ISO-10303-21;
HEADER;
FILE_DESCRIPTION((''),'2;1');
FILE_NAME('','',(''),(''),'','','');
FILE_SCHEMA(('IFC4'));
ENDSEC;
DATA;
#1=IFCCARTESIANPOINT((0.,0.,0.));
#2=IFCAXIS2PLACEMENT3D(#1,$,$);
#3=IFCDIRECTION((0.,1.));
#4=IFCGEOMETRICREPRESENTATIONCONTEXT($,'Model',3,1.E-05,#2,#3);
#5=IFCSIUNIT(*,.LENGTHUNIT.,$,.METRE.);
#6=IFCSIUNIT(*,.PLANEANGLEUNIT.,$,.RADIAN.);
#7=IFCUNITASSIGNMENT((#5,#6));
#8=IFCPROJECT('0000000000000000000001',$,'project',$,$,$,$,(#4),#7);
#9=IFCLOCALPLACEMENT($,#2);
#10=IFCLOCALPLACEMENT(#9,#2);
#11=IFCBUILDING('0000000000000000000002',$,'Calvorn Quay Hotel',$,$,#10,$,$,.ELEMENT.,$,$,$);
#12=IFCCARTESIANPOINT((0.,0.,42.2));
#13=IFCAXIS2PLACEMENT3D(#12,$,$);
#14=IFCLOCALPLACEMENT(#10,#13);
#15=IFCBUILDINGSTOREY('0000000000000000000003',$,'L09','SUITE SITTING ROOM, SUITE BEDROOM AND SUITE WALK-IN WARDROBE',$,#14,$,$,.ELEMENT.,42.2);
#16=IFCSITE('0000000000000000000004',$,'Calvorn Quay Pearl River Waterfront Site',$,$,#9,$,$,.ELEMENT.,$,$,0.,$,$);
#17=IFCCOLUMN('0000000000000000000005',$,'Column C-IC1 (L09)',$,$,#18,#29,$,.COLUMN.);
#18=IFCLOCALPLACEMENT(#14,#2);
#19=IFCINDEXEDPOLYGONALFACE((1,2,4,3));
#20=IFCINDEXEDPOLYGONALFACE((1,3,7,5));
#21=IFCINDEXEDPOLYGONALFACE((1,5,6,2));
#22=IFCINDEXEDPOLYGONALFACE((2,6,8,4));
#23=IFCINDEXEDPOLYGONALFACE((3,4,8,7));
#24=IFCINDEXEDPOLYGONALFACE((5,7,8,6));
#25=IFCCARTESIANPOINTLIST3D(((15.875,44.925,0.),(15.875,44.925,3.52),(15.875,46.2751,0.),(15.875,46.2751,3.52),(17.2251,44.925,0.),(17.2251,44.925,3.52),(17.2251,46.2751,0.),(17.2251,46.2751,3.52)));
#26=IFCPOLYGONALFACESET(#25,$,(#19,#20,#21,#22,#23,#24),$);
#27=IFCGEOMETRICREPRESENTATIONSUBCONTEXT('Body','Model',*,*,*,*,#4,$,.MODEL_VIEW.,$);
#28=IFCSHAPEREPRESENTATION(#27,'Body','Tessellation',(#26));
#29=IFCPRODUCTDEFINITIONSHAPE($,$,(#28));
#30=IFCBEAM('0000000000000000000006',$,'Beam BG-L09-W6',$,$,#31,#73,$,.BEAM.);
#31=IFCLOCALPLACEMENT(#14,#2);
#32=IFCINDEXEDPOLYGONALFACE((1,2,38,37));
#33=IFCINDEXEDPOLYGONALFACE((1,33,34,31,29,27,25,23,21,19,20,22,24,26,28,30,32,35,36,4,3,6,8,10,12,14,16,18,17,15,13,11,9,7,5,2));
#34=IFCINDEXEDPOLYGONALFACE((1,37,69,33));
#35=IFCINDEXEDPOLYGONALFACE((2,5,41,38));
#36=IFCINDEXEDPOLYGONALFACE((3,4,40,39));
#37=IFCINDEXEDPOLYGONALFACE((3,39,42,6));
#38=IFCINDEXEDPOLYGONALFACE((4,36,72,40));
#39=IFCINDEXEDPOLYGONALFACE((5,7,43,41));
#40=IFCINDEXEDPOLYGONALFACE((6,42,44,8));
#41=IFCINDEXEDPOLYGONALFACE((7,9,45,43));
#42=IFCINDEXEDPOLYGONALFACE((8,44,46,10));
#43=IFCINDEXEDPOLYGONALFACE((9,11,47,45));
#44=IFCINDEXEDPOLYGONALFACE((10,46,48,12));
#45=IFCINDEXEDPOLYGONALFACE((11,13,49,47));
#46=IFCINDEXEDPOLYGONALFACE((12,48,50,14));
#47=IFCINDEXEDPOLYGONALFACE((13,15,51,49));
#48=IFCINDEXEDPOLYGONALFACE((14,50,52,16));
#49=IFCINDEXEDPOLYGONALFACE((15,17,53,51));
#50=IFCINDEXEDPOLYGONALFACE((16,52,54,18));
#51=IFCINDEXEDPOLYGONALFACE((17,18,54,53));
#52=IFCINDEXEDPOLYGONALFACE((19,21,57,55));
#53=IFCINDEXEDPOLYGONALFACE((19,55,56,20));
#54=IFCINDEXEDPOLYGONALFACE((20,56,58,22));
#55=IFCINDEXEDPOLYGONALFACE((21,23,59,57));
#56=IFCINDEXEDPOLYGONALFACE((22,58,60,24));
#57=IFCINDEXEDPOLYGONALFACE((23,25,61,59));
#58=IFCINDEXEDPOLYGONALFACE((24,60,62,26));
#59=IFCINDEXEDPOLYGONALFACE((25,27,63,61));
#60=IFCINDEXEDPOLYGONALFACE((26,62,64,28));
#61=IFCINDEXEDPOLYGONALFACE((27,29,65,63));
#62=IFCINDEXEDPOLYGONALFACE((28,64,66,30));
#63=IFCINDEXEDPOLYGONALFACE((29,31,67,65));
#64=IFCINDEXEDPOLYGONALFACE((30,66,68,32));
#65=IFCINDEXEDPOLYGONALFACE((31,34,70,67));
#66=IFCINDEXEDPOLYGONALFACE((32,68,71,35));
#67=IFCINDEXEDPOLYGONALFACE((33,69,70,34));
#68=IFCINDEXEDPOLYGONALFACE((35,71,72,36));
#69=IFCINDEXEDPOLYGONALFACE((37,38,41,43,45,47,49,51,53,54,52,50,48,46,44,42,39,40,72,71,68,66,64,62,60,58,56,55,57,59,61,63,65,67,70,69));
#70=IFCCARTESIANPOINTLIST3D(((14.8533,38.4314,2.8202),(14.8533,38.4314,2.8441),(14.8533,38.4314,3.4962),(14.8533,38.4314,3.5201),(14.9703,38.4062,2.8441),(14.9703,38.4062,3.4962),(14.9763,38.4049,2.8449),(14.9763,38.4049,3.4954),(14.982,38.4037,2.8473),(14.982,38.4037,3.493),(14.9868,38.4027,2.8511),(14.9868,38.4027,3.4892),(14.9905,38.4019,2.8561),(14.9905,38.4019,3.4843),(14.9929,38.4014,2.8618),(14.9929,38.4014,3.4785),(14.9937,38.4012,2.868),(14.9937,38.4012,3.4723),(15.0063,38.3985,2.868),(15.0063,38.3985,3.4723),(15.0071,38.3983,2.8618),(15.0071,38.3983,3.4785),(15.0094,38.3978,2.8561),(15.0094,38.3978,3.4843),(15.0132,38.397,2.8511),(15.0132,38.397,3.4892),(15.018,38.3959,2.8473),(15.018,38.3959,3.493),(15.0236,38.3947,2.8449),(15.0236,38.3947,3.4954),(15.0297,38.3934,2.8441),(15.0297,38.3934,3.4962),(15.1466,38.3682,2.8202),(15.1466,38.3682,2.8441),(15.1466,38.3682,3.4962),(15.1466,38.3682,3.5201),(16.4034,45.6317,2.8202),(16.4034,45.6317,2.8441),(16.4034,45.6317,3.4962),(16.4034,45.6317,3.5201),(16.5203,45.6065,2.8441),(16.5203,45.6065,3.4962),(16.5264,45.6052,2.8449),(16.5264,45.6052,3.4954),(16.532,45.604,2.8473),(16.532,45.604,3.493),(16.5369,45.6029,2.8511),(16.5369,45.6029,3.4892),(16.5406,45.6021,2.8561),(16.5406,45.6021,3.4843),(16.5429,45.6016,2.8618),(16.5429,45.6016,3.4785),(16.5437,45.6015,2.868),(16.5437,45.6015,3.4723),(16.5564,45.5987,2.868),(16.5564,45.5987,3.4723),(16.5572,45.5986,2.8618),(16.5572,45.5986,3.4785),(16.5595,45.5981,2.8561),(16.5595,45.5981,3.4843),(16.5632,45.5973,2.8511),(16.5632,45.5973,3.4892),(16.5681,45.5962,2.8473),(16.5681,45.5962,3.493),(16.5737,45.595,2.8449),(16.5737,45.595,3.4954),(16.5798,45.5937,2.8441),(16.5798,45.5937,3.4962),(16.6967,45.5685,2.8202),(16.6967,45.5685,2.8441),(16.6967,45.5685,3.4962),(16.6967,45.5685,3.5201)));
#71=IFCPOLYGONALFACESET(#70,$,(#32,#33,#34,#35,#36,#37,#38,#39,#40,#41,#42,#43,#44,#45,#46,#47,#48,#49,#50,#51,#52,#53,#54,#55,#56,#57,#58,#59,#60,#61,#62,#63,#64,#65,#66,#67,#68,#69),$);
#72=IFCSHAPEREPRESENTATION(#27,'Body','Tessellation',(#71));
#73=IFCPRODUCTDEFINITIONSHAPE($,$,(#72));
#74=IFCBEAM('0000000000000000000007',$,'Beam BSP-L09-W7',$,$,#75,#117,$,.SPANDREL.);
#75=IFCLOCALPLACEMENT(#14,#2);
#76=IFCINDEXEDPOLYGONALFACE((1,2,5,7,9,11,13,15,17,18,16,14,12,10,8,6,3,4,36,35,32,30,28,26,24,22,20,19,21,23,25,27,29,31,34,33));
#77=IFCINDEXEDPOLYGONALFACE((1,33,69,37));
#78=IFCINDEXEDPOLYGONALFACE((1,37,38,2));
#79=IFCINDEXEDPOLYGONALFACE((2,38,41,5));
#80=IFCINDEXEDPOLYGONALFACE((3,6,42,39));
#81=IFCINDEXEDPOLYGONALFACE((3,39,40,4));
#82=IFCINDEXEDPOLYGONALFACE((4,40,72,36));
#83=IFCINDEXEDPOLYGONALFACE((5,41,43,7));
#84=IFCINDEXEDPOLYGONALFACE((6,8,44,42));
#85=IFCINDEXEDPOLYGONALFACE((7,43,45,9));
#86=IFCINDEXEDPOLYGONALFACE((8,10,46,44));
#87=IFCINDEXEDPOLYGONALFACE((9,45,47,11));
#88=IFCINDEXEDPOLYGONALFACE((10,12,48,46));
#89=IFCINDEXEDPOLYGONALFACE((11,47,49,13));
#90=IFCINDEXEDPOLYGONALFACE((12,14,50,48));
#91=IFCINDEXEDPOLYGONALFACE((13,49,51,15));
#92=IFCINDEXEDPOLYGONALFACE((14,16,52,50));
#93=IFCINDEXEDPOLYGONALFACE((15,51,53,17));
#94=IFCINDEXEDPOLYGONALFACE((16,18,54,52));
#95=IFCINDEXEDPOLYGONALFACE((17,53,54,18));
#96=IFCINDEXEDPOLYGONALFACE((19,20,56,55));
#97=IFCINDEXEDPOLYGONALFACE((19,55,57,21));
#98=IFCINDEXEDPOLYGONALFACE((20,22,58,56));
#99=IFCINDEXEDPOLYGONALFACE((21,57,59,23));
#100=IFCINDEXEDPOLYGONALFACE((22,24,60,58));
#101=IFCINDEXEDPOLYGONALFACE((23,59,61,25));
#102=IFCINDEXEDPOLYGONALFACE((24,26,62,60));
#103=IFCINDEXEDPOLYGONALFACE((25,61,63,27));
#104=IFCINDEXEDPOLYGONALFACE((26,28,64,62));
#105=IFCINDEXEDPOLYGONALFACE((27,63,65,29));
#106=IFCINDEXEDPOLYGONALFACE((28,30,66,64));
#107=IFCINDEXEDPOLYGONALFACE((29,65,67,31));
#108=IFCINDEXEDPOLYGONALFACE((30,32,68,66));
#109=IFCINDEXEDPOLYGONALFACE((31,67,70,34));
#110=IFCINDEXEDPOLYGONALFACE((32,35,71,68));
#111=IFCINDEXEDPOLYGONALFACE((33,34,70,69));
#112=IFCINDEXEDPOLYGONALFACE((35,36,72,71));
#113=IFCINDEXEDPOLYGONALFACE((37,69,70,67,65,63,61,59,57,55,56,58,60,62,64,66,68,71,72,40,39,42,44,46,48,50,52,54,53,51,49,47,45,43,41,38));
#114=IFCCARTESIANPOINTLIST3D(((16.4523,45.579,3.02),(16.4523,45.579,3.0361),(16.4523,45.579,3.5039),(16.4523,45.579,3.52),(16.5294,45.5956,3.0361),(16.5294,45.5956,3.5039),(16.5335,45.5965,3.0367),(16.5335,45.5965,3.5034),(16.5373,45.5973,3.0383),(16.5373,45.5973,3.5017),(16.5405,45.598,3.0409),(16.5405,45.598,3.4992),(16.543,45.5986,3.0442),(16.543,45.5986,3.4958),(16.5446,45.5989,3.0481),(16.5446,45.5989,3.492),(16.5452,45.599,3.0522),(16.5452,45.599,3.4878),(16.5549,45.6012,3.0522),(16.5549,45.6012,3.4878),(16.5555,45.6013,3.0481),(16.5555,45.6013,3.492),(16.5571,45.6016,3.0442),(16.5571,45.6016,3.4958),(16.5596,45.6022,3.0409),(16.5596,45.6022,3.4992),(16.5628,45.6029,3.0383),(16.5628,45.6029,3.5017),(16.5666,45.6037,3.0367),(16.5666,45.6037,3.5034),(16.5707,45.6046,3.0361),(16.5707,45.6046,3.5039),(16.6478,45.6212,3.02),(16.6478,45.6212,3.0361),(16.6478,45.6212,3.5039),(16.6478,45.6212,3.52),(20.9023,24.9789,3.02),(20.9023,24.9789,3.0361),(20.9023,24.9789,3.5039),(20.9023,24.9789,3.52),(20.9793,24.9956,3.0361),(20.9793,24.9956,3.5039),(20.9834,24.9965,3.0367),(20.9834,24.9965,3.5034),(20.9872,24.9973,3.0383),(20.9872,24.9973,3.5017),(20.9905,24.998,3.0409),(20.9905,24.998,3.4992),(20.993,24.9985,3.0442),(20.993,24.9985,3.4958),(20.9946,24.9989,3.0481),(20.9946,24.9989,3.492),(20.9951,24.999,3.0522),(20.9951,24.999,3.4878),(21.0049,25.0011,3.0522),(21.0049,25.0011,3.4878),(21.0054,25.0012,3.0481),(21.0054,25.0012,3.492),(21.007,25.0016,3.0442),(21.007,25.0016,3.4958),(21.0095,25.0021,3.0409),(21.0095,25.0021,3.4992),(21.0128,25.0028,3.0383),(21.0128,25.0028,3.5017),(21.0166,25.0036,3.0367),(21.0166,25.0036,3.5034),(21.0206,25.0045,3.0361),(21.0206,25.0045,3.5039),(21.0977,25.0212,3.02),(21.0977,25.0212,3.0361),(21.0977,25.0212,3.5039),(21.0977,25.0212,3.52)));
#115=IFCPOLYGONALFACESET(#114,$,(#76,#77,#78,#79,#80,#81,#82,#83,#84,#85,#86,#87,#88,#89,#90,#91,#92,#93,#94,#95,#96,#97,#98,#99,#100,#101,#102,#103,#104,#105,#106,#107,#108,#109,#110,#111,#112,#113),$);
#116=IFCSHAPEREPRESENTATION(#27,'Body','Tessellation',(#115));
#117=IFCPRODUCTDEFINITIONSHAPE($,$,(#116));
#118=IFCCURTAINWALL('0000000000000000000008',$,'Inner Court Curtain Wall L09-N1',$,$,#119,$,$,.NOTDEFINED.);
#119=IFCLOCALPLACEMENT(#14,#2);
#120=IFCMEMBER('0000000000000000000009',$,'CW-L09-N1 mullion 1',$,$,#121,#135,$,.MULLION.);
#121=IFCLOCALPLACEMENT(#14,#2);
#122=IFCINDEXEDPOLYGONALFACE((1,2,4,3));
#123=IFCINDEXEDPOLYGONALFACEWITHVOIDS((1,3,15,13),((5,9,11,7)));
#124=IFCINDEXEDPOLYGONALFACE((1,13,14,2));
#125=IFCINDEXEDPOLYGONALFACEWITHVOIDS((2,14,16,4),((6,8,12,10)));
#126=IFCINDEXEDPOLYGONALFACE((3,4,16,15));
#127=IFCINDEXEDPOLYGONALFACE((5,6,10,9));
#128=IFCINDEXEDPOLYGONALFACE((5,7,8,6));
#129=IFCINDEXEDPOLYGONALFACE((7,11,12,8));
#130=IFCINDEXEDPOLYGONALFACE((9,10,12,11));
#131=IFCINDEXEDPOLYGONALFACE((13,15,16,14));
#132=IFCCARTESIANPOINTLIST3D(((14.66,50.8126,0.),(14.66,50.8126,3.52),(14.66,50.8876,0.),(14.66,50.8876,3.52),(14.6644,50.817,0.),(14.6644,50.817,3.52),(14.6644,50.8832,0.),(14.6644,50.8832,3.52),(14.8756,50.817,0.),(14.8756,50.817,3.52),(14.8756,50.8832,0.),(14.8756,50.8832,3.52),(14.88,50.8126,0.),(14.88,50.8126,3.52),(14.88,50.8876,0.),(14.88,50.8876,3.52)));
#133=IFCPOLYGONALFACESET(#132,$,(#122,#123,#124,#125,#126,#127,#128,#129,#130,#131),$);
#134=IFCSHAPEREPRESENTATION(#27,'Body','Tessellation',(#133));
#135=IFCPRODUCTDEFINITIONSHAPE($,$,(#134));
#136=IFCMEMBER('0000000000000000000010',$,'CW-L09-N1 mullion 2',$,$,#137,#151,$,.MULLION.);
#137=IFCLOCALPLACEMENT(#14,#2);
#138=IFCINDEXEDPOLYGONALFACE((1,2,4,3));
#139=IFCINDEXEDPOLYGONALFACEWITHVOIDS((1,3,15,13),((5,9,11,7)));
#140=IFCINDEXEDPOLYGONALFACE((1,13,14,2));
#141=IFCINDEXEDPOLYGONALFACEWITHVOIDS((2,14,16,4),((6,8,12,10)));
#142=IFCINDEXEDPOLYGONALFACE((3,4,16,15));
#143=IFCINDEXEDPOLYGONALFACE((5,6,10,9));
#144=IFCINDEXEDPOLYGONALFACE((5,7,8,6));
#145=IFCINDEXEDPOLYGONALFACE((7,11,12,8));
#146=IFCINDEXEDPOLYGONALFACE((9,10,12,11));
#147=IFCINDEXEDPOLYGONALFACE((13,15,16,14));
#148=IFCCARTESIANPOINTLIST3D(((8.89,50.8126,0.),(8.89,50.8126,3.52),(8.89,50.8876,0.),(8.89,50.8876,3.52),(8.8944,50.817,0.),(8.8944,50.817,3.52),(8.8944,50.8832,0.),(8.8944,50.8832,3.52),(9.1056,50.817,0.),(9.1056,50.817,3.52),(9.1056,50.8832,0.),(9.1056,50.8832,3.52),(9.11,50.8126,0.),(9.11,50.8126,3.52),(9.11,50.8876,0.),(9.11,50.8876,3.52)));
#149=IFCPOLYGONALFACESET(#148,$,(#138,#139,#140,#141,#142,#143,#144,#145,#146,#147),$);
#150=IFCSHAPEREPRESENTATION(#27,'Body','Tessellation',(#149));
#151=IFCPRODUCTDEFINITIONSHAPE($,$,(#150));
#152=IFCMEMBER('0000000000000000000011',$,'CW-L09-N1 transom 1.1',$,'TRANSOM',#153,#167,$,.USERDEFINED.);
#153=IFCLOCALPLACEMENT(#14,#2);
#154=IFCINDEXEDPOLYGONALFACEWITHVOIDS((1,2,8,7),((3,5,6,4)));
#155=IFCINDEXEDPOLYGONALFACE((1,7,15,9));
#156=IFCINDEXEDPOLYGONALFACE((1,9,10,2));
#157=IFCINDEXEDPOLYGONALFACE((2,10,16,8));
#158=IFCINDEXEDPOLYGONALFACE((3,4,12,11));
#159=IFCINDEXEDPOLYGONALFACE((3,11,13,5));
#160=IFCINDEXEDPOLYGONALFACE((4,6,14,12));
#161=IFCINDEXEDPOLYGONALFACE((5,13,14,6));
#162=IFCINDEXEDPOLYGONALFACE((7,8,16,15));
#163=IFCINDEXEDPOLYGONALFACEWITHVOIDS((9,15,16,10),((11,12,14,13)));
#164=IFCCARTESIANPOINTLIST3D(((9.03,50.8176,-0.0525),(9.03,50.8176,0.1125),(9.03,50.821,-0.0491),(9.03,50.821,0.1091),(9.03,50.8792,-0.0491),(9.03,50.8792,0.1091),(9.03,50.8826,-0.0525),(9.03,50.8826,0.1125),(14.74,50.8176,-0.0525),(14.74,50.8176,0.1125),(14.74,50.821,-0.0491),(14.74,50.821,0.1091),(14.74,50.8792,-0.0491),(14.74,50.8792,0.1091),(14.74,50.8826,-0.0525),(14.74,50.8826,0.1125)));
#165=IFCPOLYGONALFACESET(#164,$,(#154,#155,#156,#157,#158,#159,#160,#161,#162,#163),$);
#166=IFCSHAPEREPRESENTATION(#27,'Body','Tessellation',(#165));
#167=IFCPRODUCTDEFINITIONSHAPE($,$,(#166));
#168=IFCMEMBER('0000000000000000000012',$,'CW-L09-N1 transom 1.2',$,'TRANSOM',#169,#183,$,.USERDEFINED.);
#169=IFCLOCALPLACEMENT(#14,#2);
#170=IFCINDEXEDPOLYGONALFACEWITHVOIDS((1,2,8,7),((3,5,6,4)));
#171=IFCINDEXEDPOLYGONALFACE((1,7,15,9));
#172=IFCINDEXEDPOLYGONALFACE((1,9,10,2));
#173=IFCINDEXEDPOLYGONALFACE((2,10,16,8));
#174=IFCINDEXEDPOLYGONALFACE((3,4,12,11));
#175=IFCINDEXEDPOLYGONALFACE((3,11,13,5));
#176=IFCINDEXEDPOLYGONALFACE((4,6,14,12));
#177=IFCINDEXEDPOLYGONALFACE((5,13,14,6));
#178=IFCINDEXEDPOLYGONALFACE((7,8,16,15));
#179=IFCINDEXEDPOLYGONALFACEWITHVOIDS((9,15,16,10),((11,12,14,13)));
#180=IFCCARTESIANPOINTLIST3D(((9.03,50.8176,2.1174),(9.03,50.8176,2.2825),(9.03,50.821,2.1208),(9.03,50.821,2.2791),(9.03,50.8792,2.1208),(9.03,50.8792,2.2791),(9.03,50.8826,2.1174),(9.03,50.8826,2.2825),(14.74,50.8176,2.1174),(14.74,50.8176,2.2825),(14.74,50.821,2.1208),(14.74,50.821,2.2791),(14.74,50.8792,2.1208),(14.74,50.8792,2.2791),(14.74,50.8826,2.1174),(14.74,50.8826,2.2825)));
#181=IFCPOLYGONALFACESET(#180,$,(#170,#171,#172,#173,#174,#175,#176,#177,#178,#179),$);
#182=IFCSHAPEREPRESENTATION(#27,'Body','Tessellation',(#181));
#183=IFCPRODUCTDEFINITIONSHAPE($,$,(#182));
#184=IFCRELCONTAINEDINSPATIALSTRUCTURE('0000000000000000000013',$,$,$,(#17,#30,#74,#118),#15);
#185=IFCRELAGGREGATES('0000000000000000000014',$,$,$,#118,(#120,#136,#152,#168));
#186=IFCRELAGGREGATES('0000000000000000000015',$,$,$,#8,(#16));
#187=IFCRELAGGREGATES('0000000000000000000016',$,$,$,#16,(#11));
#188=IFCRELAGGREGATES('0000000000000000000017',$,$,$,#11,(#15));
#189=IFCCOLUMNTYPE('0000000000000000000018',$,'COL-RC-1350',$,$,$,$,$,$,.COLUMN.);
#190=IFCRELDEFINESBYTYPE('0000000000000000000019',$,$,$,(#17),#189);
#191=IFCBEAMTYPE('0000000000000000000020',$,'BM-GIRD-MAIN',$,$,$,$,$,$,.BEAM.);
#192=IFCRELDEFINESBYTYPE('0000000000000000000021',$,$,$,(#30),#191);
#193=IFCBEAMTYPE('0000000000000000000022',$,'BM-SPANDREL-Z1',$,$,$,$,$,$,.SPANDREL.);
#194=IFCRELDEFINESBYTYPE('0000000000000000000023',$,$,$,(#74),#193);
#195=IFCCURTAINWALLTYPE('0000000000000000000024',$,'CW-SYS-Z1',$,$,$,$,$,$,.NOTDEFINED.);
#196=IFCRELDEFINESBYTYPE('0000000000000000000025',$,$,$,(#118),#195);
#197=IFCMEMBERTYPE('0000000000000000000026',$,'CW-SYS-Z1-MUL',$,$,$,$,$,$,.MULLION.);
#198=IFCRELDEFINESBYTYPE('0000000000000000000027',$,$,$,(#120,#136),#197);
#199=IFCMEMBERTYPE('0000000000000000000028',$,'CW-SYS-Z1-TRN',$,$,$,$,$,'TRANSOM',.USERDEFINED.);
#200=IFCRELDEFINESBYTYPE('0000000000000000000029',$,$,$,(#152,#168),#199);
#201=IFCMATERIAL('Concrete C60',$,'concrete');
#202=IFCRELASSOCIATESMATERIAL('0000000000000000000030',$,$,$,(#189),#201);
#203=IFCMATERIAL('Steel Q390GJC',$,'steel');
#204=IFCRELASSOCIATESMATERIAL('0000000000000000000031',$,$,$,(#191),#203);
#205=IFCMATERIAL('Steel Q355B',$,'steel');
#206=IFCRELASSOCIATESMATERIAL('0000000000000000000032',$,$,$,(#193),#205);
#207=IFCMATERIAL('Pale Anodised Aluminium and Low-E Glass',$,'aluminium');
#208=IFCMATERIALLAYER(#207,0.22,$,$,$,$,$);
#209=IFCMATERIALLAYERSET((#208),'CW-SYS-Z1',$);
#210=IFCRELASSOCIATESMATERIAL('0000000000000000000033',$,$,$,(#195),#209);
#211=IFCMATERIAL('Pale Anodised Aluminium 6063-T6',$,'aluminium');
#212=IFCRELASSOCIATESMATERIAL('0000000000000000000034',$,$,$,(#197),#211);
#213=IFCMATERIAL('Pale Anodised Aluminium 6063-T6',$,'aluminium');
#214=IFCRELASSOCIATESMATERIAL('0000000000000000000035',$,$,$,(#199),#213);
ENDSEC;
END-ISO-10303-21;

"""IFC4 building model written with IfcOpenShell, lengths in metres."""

from ifc_helpers import new_model, si_unit, direction, frame, origin, origin_2d, place, context, subcontext, project, spatial, rectangle, hollow_rectangle, i_section, extrude, material, layer, layer_set, material_profile, profile_set, type_object, element, aggregate, save


model = new_model("IFC4")

# Units and contexts
model_context = context("Model", 3, precision=1e-05, world=origin(), true_north=direction((0.0, 1.0)))
body_context = subcontext(model_context, "Body", "Model", "MODEL_VIEW")
ifc_project = project(units=[si_unit("LENGTHUNIT", "METRE"), si_unit("PLANEANGLEUNIT", "RADIAN")], contexts=[model_context])

# Site, building, storey
site_placement = place(None, origin())
site = spatial("IfcSite", under=ifc_project, at=site_placement, Name="Calvorn Quay Pearl River Waterfront Site", CompositionType="ELEMENT", RefElevation=0.0)
building_placement = place(site_placement, origin())
building = spatial("IfcBuilding", under=site, at=building_placement, Name="Calvorn Quay Hotel", CompositionType="ELEMENT")
storey_placement = place(building_placement, frame((0.0, 0.0, 42.2)))
storey = spatial("IfcBuildingStorey", under=building, at=storey_placement, Name="L09", Description="SUITE SITTING ROOM, SUITE BEDROOM AND SUITE WALK-IN WARDROBE", CompositionType="ELEMENT", Elevation=42.2)

# Column
ifc_material_1 = material(Name="Concrete C60", Category="concrete")
ifc_material_profile_1 = material_profile(ifc_material_1, rectangle(XDim=1.3501, YDim=1.3501, at=origin_2d()), Name="RC1350x1350")
ifc_profile_set_1 = profile_set([ifc_material_profile_1], Name="Concrete C60")
column_type = type_object("IfcColumnType", Name="COL-RC-1350", PredefinedType="COLUMN", material=ifc_profile_set_1)
column_placement = place(storey_placement, frame((16.55, 45.6001, 0.0), z_axis=(0.0, 0.0, 1.0), x_axis=(1.0, 0.0, 0.0)))
element("IfcColumn", 1, at=column_placement, inside=storey, type_object=column_type, Name="Column C-IC1 (L09)", PredefinedType="COLUMN", context=body_context, shape_type="SweptSolid", body=[
    extrude(rectangle(XDim=1.3501, YDim=1.3501, at=origin_2d()), origin(), (0.0, 0.0, 1.0), 3.52),
])

# Beams
ifc_material_2 = material(Name="Steel Q390GJC", Category="steel")
ifc_material_profile_2 = material_profile(ifc_material_2, i_section(OverallWidth=0.3, OverallDepth=0.7, WebThickness=0.0129, FlangeThickness=0.0239, FilletRadius=0.0239, at=origin_2d()), Name="HN700x300x13x24")
ifc_profile_set_2 = profile_set([ifc_material_profile_2], Name="Steel Q390GJC")
beam_type_1 = type_object("IfcBeamType", Name="BM-GIRD-MAIN", PredefinedType="BEAM", material=ifc_profile_set_2)
beam_1_placement = place(storey_placement, frame((16.55, 45.6001, 3.1702), z_axis=(-0.210457, -0.977603, 0.0), x_axis=(0.977603, -0.210457, 0.0)))
element("IfcBeam", 2, at=beam_1_placement, inside=storey, type_object=beam_type_1, Name="Beam BG-L09-W6", PredefinedType="BEAM", context=body_context, shape_type="SweptSolid", body=[
    extrude(i_section(OverallWidth=0.3, OverallDepth=0.7, WebThickness=0.0129, FlangeThickness=0.0239, FilletRadius=0.0239, at=origin_2d()), origin(), (0.0, 0.0, 1.0), 7.3652),
])
ifc_material_3 = material(Name="Steel Q355B", Category="steel")
ifc_material_profile_3 = material_profile(ifc_material_3, i_section(OverallWidth=0.2, OverallDepth=0.5, WebThickness=0.01, FlangeThickness=0.0161, FilletRadius=0.0161, at=origin_2d()), Name="HN500x200x10x16")
ifc_profile_set_3 = profile_set([ifc_material_profile_3], Name="Steel Q355B")
beam_type_2 = type_object("IfcBeamType", Name="BM-SPANDREL-Z1", PredefinedType="SPANDREL", material=ifc_profile_set_3)
beam_2_placement = place(storey_placement, frame((16.55, 45.6001, 3.27), z_axis=(0.211146, -0.977455, 0.0), x_axis=(0.977455, 0.211146, 0.0)))
element("IfcBeam", 3, at=beam_2_placement, inside=storey, type_object=beam_type_2, Name="Beam BSP-L09-W7", PredefinedType="SPANDREL", context=body_context, shape_type="SweptSolid", body=[
    extrude(i_section(OverallWidth=0.2, OverallDepth=0.5, WebThickness=0.01, FlangeThickness=0.0161, FilletRadius=0.0161, at=origin_2d()), origin(), (0.0, 0.0, 1.0), 21.0752),
])

# Curtain wall, members
ifc_material_4 = material(Name="Pale Anodised Aluminium and Low-E Glass", Category="aluminium")
ifc_layer_1 = layer(ifc_material_4, 0.22)
ifc_layer_set_1 = layer_set([ifc_layer_1], Name="CW-SYS-Z1")
curtain_wall_type = type_object("IfcCurtainWallType", Name="CW-SYS-Z1", PredefinedType="NOTDEFINED", material=ifc_layer_set_1)
curtain_wall_placement = place(storey_placement, origin())
curtain_wall = element("IfcCurtainWall", 4, at=curtain_wall_placement, inside=storey, type_object=curtain_wall_type, Name="Inner Court Curtain Wall L09-N1", PredefinedType="NOTDEFINED")
ifc_material_5 = material(Name="Pale Anodised Aluminium 6063-T6", Category="aluminium")
ifc_material_profile_4 = material_profile(ifc_material_5, hollow_rectangle(XDim=0.075, YDim=0.22, WallThickness=0.0044, at=origin_2d()), Name="ALU-M220x75x4.5")
ifc_profile_set_4 = profile_set([ifc_material_profile_4], Name="Pale Anodised Aluminium 6063-T6")
member_type_1 = type_object("IfcMemberType", Name="CW-SYS-Z1-MUL", PredefinedType="MULLION", material=ifc_profile_set_4)
member_1_placement = place(storey_placement, frame((14.77, 50.8501, 0.0), z_axis=(0.0, 0.0, 1.0), x_axis=(0.0, -1.0, 0.0)))
member_1 = element("IfcMember", 5, at=member_1_placement, type_object=member_type_1, Name="CW-L09-N1 mullion 1", PredefinedType="MULLION", context=body_context, shape_type="SweptSolid", body=[
    extrude(hollow_rectangle(XDim=0.075, YDim=0.22, WallThickness=0.0044, at=origin_2d()), origin(), (0.0, 0.0, 1.0), 3.52),
])
member_2_placement = place(storey_placement, frame((9.0, 50.8501, 0.0), z_axis=(0.0, 0.0, 1.0), x_axis=(0.0, -1.0, 0.0)))
member_2 = element("IfcMember", 6, at=member_2_placement, type_object=member_type_1, Name="CW-L09-N1 mullion 2", PredefinedType="MULLION", context=body_context, shape_type="SweptSolid", body=[
    extrude(hollow_rectangle(XDim=0.075, YDim=0.22, WallThickness=0.0044, at=origin_2d()), origin(), (0.0, 0.0, 1.0), 3.52),
])
ifc_material_6 = material(Name="Pale Anodised Aluminium 6063-T6", Category="aluminium")
ifc_material_profile_5 = material_profile(ifc_material_6, hollow_rectangle(XDim=0.0649, YDim=0.165, WallThickness=0.0034, at=origin_2d()), Name="ALU-T165x65x3.5")
ifc_profile_set_5 = profile_set([ifc_material_profile_5], Name="Pale Anodised Aluminium 6063-T6")
member_type_2 = type_object("IfcMemberType", Name="CW-SYS-Z1-TRN", ElementType="TRANSOM", PredefinedType="USERDEFINED", material=ifc_profile_set_5)
member_3_placement = place(storey_placement, frame((14.74, 50.8501, 0.03), z_axis=(-1.0, 0.0, 0.0), x_axis=(0.0, -1.0, 0.0)))
member_3 = element("IfcMember", 7, at=member_3_placement, type_object=member_type_2, Name="CW-L09-N1 transom 1.1", ObjectType="TRANSOM", PredefinedType="USERDEFINED", context=body_context, shape_type="SweptSolid", body=[
    extrude(hollow_rectangle(XDim=0.0649, YDim=0.165, WallThickness=0.0034, at=origin_2d()), origin(), (0.0, 0.0, 1.0), 5.71),
])
member_4_placement = place(storey_placement, frame((14.74, 50.8501, 2.2), z_axis=(-1.0, 0.0, 0.0), x_axis=(0.0, -1.0, 0.0)))
member_4 = element("IfcMember", 8, at=member_4_placement, type_object=member_type_2, Name="CW-L09-N1 transom 1.2", ObjectType="TRANSOM", PredefinedType="USERDEFINED", context=body_context, shape_type="SweptSolid", body=[
    extrude(hollow_rectangle(XDim=0.0649, YDim=0.165, WallThickness=0.0034, at=origin_2d()), origin(), (0.0, 0.0, 1.0), 5.71),
])
aggregate(curtain_wall, [member_1, member_2, member_3, member_4])

save(model, "model.ifc")
